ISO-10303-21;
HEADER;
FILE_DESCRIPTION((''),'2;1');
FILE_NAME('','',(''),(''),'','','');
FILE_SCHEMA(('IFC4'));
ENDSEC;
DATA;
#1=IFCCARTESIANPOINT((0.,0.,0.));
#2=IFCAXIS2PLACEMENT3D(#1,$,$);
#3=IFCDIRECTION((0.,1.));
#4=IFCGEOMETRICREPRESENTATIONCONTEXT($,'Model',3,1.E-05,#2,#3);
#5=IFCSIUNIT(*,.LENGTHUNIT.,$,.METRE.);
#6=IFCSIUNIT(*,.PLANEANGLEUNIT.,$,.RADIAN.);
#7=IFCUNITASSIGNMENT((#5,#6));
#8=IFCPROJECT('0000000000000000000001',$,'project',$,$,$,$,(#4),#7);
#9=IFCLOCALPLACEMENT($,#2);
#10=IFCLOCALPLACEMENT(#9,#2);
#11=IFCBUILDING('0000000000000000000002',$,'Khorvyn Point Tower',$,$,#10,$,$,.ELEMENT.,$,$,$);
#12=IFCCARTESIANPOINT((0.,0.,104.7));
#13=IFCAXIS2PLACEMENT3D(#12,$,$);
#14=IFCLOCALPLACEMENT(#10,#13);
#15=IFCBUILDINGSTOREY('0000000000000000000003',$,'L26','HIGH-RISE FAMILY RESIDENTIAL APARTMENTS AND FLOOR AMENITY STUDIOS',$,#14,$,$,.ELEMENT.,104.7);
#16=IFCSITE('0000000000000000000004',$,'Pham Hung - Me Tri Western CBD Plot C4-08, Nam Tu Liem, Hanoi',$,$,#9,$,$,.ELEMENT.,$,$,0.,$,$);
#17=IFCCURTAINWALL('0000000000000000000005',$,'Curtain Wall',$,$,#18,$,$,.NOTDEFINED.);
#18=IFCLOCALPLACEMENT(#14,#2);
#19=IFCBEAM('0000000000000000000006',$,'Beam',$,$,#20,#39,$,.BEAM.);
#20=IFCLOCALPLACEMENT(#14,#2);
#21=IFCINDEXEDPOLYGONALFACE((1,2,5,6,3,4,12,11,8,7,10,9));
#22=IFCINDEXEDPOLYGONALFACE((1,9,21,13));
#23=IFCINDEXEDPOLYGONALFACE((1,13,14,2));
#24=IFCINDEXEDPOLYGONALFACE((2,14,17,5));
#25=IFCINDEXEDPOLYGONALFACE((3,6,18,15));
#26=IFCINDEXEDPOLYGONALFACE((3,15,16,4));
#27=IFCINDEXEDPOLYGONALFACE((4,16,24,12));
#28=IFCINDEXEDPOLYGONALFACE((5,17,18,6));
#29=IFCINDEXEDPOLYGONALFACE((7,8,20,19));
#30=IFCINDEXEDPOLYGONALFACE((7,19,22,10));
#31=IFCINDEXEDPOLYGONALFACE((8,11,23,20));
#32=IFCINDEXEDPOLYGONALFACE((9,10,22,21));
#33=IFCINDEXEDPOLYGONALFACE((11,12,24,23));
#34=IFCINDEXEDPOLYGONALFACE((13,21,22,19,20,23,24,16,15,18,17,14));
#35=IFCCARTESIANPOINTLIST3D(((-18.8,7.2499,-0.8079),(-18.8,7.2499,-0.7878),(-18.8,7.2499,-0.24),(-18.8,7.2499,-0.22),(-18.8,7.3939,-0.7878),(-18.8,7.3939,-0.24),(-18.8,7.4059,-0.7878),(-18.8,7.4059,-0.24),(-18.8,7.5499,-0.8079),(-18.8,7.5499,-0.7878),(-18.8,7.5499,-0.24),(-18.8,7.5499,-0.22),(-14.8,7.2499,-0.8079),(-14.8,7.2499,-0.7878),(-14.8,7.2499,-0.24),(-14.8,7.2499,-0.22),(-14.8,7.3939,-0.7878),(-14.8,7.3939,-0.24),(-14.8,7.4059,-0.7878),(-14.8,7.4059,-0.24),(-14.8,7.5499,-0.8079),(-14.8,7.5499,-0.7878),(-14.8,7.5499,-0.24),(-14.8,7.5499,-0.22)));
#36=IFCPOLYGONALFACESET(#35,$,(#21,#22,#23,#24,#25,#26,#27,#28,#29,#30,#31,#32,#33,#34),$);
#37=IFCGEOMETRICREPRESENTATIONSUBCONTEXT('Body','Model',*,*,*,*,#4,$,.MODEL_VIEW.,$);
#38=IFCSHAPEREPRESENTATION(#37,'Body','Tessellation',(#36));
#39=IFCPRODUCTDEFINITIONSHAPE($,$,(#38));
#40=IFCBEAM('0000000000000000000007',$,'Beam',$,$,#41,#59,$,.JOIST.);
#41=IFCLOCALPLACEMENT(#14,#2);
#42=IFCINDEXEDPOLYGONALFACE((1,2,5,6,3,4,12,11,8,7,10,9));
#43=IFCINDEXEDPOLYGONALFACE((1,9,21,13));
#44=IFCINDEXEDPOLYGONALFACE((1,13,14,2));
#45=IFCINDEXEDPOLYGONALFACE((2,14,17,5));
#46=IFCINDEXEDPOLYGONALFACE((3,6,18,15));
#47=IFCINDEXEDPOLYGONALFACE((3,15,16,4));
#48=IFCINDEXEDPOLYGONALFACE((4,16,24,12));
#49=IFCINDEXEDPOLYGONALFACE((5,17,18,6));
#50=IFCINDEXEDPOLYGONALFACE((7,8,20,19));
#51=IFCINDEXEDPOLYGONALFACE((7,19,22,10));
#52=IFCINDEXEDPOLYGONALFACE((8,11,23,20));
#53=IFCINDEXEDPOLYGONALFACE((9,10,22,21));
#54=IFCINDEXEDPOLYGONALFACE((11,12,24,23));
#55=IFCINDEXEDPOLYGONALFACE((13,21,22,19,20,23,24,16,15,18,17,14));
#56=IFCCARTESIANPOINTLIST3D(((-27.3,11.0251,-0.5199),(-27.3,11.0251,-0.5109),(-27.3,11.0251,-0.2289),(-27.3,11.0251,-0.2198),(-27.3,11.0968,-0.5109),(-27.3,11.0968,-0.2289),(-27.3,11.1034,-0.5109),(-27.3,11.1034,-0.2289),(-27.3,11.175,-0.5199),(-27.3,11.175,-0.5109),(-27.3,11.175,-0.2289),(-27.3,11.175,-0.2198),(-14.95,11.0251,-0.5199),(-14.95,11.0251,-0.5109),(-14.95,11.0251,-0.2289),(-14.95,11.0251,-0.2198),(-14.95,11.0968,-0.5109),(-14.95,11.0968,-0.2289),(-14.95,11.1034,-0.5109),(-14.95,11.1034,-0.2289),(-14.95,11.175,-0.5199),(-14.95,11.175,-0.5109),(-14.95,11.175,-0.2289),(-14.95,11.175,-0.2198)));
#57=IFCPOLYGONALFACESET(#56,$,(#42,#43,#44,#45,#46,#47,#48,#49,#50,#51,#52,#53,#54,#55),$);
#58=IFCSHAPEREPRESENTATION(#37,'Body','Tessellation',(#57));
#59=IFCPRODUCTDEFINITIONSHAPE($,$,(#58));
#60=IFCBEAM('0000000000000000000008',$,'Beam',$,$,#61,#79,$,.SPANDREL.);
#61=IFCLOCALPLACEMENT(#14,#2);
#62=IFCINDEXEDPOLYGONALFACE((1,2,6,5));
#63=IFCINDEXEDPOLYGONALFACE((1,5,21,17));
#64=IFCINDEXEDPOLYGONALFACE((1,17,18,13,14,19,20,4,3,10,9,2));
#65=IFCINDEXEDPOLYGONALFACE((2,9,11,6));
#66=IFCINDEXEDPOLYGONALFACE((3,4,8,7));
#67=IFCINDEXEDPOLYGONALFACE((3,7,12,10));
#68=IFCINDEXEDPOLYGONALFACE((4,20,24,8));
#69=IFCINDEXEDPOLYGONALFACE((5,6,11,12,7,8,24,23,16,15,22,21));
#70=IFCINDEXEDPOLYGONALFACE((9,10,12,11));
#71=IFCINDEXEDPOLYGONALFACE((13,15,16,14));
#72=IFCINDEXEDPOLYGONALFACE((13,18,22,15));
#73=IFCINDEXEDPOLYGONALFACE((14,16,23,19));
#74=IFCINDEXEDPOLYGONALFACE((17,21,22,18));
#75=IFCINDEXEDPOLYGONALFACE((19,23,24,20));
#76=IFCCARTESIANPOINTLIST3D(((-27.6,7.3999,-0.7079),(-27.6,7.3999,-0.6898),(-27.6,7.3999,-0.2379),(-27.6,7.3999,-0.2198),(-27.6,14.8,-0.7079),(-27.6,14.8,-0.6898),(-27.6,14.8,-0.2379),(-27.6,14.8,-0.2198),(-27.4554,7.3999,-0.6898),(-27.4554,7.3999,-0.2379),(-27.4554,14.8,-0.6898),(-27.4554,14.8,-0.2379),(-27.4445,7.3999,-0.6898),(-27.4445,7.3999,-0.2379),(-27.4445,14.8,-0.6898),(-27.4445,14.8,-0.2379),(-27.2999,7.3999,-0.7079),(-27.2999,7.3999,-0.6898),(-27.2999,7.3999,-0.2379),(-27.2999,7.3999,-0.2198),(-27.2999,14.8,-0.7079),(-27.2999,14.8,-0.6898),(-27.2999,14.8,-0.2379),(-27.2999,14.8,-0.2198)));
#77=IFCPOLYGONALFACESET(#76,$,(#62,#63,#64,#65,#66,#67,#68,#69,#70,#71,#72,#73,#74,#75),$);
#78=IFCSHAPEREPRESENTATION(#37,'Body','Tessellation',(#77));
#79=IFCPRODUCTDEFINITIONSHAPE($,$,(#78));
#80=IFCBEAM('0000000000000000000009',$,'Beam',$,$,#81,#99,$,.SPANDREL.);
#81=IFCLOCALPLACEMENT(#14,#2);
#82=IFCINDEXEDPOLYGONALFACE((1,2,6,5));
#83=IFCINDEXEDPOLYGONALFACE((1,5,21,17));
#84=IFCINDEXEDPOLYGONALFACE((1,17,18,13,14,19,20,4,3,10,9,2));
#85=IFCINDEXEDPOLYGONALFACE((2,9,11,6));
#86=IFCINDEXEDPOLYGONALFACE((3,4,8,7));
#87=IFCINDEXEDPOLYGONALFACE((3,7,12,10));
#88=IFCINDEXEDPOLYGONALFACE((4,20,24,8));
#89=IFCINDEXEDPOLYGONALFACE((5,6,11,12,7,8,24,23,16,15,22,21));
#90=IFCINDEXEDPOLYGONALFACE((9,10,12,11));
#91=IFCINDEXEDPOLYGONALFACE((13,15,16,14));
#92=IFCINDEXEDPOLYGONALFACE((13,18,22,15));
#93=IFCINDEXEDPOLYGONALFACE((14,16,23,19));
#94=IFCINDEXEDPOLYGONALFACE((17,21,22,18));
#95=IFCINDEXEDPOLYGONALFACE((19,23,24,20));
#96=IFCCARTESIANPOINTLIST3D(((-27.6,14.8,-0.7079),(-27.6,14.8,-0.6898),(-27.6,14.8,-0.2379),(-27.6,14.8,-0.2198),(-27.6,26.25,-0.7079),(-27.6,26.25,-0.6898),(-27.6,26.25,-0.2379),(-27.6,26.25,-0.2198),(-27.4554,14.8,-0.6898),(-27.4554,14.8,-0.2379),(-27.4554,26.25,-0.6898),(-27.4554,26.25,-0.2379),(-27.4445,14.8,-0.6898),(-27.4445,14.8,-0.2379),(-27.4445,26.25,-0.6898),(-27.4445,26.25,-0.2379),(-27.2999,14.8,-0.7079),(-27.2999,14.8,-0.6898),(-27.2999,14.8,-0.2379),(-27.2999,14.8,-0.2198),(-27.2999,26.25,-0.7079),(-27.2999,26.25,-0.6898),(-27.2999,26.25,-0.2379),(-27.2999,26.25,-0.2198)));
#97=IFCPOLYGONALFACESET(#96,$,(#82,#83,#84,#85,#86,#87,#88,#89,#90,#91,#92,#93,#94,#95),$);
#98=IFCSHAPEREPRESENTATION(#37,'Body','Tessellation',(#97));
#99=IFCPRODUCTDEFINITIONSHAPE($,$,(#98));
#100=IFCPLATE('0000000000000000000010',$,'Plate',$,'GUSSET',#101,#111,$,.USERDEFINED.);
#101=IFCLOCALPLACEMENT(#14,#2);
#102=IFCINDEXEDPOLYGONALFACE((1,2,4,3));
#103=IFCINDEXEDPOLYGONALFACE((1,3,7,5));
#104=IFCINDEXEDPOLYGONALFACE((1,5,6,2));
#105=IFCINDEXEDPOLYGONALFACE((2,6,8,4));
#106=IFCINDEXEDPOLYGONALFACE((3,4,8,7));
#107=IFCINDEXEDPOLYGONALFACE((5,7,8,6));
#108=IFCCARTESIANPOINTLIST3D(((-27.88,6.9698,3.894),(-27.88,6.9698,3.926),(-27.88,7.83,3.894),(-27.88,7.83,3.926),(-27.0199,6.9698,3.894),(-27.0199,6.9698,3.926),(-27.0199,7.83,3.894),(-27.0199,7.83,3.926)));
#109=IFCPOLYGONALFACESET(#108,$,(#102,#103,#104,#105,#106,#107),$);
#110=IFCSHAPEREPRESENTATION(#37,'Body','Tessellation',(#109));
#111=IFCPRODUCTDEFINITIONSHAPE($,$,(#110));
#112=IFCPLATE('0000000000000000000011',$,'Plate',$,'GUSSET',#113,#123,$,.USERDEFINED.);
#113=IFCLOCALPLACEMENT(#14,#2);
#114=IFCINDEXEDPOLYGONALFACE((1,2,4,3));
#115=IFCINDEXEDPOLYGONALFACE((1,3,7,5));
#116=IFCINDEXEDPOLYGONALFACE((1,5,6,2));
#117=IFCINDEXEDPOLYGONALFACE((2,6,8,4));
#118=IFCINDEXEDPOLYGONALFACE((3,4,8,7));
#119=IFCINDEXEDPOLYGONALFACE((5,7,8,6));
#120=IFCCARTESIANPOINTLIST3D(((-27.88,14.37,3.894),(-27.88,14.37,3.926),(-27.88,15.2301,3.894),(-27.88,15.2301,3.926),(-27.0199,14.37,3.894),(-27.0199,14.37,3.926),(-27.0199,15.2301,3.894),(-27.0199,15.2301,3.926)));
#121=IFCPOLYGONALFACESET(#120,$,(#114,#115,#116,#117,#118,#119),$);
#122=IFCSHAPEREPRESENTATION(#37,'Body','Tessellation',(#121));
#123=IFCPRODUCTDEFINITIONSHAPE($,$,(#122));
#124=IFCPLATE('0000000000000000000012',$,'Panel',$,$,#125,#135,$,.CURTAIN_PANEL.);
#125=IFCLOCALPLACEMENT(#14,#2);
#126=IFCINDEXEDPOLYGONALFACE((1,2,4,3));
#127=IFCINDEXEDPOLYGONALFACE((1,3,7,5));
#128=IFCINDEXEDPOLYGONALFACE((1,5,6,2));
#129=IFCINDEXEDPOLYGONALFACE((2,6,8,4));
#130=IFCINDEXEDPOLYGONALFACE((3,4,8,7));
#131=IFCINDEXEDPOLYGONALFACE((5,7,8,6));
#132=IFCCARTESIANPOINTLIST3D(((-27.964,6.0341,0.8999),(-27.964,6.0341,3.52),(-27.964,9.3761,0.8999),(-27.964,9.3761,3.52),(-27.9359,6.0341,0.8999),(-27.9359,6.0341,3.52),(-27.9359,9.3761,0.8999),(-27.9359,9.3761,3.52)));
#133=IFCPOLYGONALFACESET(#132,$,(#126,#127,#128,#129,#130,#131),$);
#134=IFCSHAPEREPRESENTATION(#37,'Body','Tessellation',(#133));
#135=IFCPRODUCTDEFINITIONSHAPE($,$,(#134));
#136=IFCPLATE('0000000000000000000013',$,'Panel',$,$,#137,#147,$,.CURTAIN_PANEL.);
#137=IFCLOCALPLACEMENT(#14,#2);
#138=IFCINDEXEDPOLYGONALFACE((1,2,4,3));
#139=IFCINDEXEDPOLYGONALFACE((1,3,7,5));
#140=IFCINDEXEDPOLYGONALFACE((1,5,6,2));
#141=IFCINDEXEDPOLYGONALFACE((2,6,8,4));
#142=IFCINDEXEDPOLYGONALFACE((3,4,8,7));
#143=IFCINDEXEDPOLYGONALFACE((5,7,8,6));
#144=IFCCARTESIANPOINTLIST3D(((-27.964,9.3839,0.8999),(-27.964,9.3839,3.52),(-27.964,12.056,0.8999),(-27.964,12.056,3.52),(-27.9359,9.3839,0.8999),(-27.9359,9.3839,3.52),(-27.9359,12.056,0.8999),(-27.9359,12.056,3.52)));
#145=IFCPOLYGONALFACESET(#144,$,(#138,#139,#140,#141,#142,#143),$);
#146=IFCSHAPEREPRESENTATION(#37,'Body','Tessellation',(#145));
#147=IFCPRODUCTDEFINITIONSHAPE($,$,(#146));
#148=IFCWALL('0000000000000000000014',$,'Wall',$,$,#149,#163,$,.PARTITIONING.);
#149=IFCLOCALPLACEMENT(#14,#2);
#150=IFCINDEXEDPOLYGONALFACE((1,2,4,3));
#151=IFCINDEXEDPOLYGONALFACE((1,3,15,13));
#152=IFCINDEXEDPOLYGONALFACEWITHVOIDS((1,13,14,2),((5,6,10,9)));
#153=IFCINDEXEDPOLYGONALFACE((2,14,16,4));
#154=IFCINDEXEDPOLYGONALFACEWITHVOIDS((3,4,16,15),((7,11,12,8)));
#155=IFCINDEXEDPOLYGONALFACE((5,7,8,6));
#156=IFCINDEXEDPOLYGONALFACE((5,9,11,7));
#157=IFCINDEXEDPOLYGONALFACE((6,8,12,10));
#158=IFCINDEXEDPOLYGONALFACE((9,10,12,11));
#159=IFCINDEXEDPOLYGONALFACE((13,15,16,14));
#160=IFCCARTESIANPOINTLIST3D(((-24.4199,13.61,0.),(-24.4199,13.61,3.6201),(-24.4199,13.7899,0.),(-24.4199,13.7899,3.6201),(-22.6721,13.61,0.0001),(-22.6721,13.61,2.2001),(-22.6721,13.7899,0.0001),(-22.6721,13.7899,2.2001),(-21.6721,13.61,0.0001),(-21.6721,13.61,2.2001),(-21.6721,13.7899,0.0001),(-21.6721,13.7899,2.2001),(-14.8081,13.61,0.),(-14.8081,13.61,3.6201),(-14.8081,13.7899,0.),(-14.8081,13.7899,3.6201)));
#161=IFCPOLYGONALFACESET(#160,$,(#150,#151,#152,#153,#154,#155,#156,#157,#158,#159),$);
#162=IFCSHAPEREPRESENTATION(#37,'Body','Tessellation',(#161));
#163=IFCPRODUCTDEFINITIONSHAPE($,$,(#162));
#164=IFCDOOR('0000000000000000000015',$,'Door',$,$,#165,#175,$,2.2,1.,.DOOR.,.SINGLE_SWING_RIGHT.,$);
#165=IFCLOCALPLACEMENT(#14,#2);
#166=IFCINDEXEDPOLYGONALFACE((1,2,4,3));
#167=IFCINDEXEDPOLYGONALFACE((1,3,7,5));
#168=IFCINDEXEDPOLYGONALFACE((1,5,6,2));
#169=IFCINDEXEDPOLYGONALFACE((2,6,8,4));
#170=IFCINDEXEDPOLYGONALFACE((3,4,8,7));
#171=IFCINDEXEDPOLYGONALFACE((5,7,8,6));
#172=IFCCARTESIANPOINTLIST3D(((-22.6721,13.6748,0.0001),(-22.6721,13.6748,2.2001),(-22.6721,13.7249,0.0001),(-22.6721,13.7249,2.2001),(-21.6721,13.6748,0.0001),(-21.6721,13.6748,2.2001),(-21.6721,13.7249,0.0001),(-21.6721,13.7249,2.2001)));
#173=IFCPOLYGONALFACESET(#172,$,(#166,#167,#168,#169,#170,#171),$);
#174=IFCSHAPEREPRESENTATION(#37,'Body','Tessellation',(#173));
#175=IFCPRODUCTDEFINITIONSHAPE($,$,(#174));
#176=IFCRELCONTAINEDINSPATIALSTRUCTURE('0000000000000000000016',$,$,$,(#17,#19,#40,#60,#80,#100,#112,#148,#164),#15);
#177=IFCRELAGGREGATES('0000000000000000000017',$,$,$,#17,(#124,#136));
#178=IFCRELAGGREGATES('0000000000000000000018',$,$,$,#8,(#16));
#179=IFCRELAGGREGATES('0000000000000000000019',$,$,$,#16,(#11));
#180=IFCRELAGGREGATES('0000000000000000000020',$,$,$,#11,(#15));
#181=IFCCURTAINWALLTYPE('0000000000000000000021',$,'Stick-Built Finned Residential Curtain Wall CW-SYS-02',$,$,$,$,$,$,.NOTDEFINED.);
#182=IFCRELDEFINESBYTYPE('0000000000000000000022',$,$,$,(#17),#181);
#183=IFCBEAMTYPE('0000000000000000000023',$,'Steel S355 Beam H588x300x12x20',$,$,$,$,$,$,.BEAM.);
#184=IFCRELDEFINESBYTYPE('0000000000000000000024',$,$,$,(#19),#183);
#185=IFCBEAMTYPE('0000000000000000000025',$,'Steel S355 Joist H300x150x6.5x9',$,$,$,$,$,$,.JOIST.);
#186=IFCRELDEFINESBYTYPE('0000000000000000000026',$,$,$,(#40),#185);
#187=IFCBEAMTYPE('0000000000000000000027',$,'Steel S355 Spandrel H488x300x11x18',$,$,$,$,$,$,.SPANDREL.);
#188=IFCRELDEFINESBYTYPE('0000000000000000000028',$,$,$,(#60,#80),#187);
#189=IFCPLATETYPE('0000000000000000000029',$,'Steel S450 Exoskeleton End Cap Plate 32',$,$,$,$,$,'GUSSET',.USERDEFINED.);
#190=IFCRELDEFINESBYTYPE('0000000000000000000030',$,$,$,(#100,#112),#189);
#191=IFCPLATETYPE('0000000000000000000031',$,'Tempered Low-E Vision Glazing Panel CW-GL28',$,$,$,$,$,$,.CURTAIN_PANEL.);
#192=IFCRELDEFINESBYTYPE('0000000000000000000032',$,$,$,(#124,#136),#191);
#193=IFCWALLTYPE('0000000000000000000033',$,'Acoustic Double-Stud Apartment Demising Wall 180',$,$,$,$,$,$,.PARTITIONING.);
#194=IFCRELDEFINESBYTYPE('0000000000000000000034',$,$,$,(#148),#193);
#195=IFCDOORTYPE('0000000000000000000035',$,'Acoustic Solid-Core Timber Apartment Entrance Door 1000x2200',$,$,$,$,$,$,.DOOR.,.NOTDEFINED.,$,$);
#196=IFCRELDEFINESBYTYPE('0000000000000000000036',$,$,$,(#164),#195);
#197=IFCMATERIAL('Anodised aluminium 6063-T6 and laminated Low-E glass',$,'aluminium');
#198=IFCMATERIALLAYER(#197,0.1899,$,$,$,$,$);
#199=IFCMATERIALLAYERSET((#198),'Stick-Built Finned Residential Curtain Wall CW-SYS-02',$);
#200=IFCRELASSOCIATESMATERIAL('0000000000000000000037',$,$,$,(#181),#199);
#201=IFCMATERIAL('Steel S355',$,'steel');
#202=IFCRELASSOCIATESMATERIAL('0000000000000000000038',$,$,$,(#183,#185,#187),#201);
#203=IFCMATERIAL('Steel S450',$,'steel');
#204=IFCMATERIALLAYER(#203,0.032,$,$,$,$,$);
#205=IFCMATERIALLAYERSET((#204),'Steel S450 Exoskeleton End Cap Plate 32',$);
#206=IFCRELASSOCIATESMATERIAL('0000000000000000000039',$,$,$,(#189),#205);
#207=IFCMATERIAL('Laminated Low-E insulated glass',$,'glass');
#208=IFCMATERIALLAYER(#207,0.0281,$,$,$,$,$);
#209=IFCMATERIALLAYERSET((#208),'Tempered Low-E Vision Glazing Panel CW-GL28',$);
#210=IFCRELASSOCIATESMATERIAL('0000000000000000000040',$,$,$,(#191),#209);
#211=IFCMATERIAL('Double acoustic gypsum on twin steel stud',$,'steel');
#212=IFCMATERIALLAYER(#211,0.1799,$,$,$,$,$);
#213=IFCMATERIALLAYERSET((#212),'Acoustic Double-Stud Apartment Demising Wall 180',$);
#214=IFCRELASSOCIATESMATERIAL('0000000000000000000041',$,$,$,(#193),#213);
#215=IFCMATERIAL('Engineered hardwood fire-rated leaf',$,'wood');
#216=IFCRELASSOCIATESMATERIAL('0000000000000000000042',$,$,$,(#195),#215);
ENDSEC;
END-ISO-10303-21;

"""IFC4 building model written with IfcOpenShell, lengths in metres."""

from ifc_helpers import new_model, si_unit, direction, frame, frame_2d, origin, origin_2d, place, context, subcontext, project, spatial, rectangle, i_section, extrude, material, layer, layer_set, material_profile, profile_set, type_object, element, fill, aggregate, save


model = new_model("IFC4")

# Units and contexts
model_context = context("Model", 3, precision=1e-05, world=origin(), true_north=direction((0.0, 1.0)))
body_context = subcontext(model_context, "Body", "Model", "MODEL_VIEW")
ifc_project = project(units=[si_unit("LENGTHUNIT", "METRE"), si_unit("PLANEANGLEUNIT", "RADIAN")], contexts=[model_context])

# Site, building, storey
site_placement = place(None, origin())
site = spatial("IfcSite", under=ifc_project, at=site_placement, Name="Pham Hung - Me Tri Western CBD Plot C4-08, Nam Tu Liem, Hanoi", CompositionType="ELEMENT", RefElevation=0.0)
building_placement = place(site_placement, origin())
building = spatial("IfcBuilding", under=site, at=building_placement, Name="Khorvyn Point Tower", CompositionType="ELEMENT")
storey_placement = place(building_placement, frame((0.0, 0.0, 104.7)))
storey = spatial("IfcBuildingStorey", under=building, at=storey_placement, Name="L26", Description="HIGH-RISE FAMILY RESIDENTIAL APARTMENTS AND FLOOR AMENITY STUDIOS", CompositionType="ELEMENT", Elevation=104.7)

# Shared definitions
ifc_material_1 = material(Name="Steel S450", Category="steel")

# Shared definitions
ifc_material_2 = material(Name="Anodised aluminium 6063-T6 and laminated Low-E glass", Category="aluminium")
ifc_layer_1 = layer(ifc_material_2, 0.1899)
ifc_layer_set_1 = layer_set([ifc_layer_1], Name="Stick-Built Finned Residential Curtain Wall CW-SYS-02")
curtain_wall_type = type_object("IfcCurtainWallType", Name="Stick-Built Finned Residential Curtain Wall CW-SYS-02", PredefinedType="NOTDEFINED", material=ifc_layer_set_1)

# Curtain wall
curtain_wall_1_placement = place(storey_placement, origin())
curtain_wall_1 = element("IfcCurtainWall", 1, at=curtain_wall_1_placement, inside=storey, type_object=curtain_wall_type, Name="Curtain Wall", PredefinedType="NOTDEFINED")

# Beams
ifc_material_3 = material(Name="Steel S355", Category="steel")
ifc_material_profile_1 = material_profile(ifc_material_3, i_section(OverallWidth=0.3, OverallDepth=0.5879, WebThickness=0.012, FlangeThickness=0.02, at=origin_2d()))
ifc_profile_set_1 = profile_set([ifc_material_profile_1], Name="Steel S355 H588x300x12x20")
beam_type_1 = type_object("IfcBeamType", Name="Steel S355 Beam H588x300x12x20", PredefinedType="BEAM", material=ifc_profile_set_1)
beam_1_placement = place(storey_placement, frame((-18.8, 7.3999, -0.5139), z_axis=(1.0, 0.0, 0.0), x_axis=(0.0, 1.0, 0.0)))
element("IfcBeam", 2, at=beam_1_placement, inside=storey, type_object=beam_type_1, Name="Beam", PredefinedType="BEAM", context=body_context, shape_type="SweptSolid", body=[
    extrude(i_section(OverallWidth=0.3, OverallDepth=0.5879, WebThickness=0.012, FlangeThickness=0.02, at=origin_2d()), origin(), (0.0, 0.0, 1.0), 4.0),
])
ifc_material_profile_2 = material_profile(ifc_material_3, i_section(OverallWidth=0.1499, OverallDepth=0.3, WebThickness=0.0066, FlangeThickness=0.009, at=origin_2d()))
ifc_profile_set_2 = profile_set([ifc_material_profile_2], Name="Steel S355 H300x150x6.5x9")
beam_type_2 = type_object("IfcBeamType", Name="Steel S355 Joist H300x150x6.5x9", PredefinedType="JOIST", material=ifc_profile_set_2)
beam_2_placement = place(storey_placement, frame((-27.3, 11.1001, -0.3699), z_axis=(1.0, 0.0, 0.0), x_axis=(0.0, 1.0, 0.0)))
element("IfcBeam", 3, at=beam_2_placement, inside=storey, type_object=beam_type_2, Name="Beam", PredefinedType="JOIST", context=body_context, shape_type="SweptSolid", body=[
    extrude(i_section(OverallWidth=0.1499, OverallDepth=0.3, WebThickness=0.0066, FlangeThickness=0.009, at=origin_2d()), origin(), (0.0, 0.0, 1.0), 12.3501),
])
ifc_material_profile_3 = material_profile(ifc_material_3, i_section(OverallWidth=0.3, OverallDepth=0.488, WebThickness=0.011, FlangeThickness=0.0181, at=origin_2d()))
ifc_profile_set_3 = profile_set([ifc_material_profile_3], Name="Steel S355 H488x300x11x18")
beam_type_3 = type_object("IfcBeamType", Name="Steel S355 Spandrel H488x300x11x18", PredefinedType="SPANDREL", material=ifc_profile_set_3)
beam_3_placement = place(storey_placement, frame((-27.45, 7.3999, -0.4639), z_axis=(0.0, 1.0, 0.0), x_axis=(-1.0, 0.0, 0.0)))
element("IfcBeam", 4, at=beam_3_placement, inside=storey, type_object=beam_type_3, Name="Beam", PredefinedType="SPANDREL", context=body_context, shape_type="SweptSolid", body=[
    extrude(i_section(OverallWidth=0.3, OverallDepth=0.488, WebThickness=0.011, FlangeThickness=0.0181, at=origin_2d()), origin(), (0.0, 0.0, 1.0), 7.4001),
])
beam_4_placement = place(storey_placement, frame((-27.45, 14.8, -0.4639), z_axis=(0.0, 1.0, 0.0), x_axis=(-1.0, 0.0, 0.0)))
element("IfcBeam", 5, at=beam_4_placement, inside=storey, type_object=beam_type_3, Name="Beam", PredefinedType="SPANDREL", context=body_context, shape_type="SweptSolid", body=[
    extrude(i_section(OverallWidth=0.3, OverallDepth=0.488, WebThickness=0.011, FlangeThickness=0.0181, at=origin_2d()), origin(), (0.0, 0.0, 1.0), 11.45),
])

# Plates
ifc_layer_2 = layer(ifc_material_1, 0.032)
ifc_layer_set_2 = layer_set([ifc_layer_2], Name="Steel S450 Exoskeleton End Cap Plate 32")
plate_type_1 = type_object("IfcPlateType", Name="Steel S450 Exoskeleton End Cap Plate 32", ElementType="GUSSET", PredefinedType="USERDEFINED", material=ifc_layer_set_2)
for number, where, z_axis, x_axis, name in (
    (6, (-27.45, 7.3999, 3.894), (0.0, 0.0, 1.0), (1.0, 0.0, 0.0), "Plate"),
    (7, (-27.45, 14.8, 3.894), (0.0, 0.0, 1.0), (1.0, 0.0, 0.0), "Plate"),
):
    element("IfcPlate", number, at=place(storey_placement, frame(where, z_axis=z_axis, x_axis=x_axis)), inside=storey, type_object=plate_type_1, Name=name, ObjectType="GUSSET", PredefinedType="USERDEFINED", context=body_context, shape_type="SweptSolid", body=[
        extrude(rectangle(XDim=0.8601, YDim=0.8601, at=origin_2d()), origin(), (0.0, 0.0, 1.0), 0.032),
    ])

# Plates
ifc_material_4 = material(Name="Laminated Low-E insulated glass", Category="glass")
ifc_layer_3 = layer(ifc_material_4, 0.0281)
ifc_layer_set_3 = layer_set([ifc_layer_3], Name="Tempered Low-E Vision Glazing Panel CW-GL28")
plate_type_2 = type_object("IfcPlateType", Name="Tempered Low-E Vision Glazing Panel CW-GL28", PredefinedType="CURTAIN_PANEL", material=ifc_layer_set_3)
plate_1_placement = place(storey_placement, frame((-27.95, 7.7051, 0.8999), z_axis=(0.0, 0.0, 1.0), x_axis=(0.0, 1.0, 0.0)))
plate_1 = element("IfcPlate", 8, at=plate_1_placement, type_object=plate_type_2, Name="Panel", PredefinedType="CURTAIN_PANEL", context=body_context, shape_type="SweptSolid", body=[
    extrude(rectangle(XDim=3.342, YDim=0.0281, at=origin_2d()), origin(), (0.0, 0.0, 1.0), 2.6201),
])
plate_2_placement = place(storey_placement, frame((-27.95, 10.72, 0.8999), z_axis=(0.0, 0.0, 1.0), x_axis=(0.0, 1.0, 0.0)))
plate_2 = element("IfcPlate", 9, at=plate_2_placement, type_object=plate_type_2, Name="Panel", PredefinedType="CURTAIN_PANEL", context=body_context, shape_type="SweptSolid", body=[
    extrude(rectangle(XDim=2.6721, YDim=0.0281, at=origin_2d()), origin(), (0.0, 0.0, 1.0), 2.6201),
])
aggregate(curtain_wall_1, [plate_1, plate_2])

# Wall, opening, door
ifc_material_5 = material(Name="Double acoustic gypsum on twin steel stud", Category="steel")
ifc_layer_4 = layer(ifc_material_5, 0.1799)
ifc_layer_set_4 = layer_set([ifc_layer_4], Name="Acoustic Double-Stud Apartment Demising Wall 180")
wall_type_1 = type_object("IfcWallType", Name="Acoustic Double-Stud Apartment Demising Wall 180", PredefinedType="PARTITIONING", material=ifc_layer_set_4)
wall_1_placement = place(storey_placement, frame((-24.4199, 13.7, 0.0), z_axis=(0.0, 0.0, 1.0), x_axis=(1.0, 0.0, 0.0)))
wall_1 = element("IfcWall", 10, at=wall_1_placement, inside=storey, type_object=wall_type_1, Name="Wall", PredefinedType="PARTITIONING", context=body_context, shape_type="SweptSolid", body=[
    extrude(rectangle(XDim=9.6118, YDim=0.1799, at=frame_2d((4.8059, 0.0))), origin(), (0.0, 0.0, 1.0), 3.6201),
])
opening_1_placement = place(wall_1_placement, frame((1.7478, 0.0, 0.0)))
opening_1 = element("IfcOpeningElement", 11, at=opening_1_placement, cuts=wall_1, PredefinedType="OPENING", context=body_context, shape_type="SweptSolid", body=[
    extrude(rectangle(XDim=1.0, YDim=2.2, at=frame_2d((0.5, 1.1001))), frame((0.0, 0.0999, 0.0), z_axis=(0.0, -1.0, 0.0), x_axis=(1.0, 0.0, 0.0)), (0.0, 0.0, 1.0), 0.2),
])
ifc_material_6 = material(Name="Engineered hardwood fire-rated leaf", Category="wood")
door_type_1 = type_object("IfcDoorType", Name="Acoustic Solid-Core Timber Apartment Entrance Door 1000x2200", OperationType="NOTDEFINED", PredefinedType="DOOR", material=ifc_material_6)
door_1_placement = place(opening_1_placement, origin())
door_1 = element("IfcDoor", 12, at=door_1_placement, inside=storey, type_object=door_type_1, Name="Door", OperationType="SINGLE_SWING_RIGHT", OverallHeight=2.2, OverallWidth=1.0, PredefinedType="DOOR", context=body_context, shape_type="SweptSolid", body=[
    extrude(rectangle(XDim=1.0, YDim=2.2, at=frame_2d((0.5, 1.1001))), frame((0.0, 0.0249, 0.0), z_axis=(0.0, -1.0, 0.0), x_axis=(1.0, 0.0, 0.0)), (0.0, 0.0, 1.0), 0.05),
])
fill(opening_1, door_1)

save(model, "model.ifc")
